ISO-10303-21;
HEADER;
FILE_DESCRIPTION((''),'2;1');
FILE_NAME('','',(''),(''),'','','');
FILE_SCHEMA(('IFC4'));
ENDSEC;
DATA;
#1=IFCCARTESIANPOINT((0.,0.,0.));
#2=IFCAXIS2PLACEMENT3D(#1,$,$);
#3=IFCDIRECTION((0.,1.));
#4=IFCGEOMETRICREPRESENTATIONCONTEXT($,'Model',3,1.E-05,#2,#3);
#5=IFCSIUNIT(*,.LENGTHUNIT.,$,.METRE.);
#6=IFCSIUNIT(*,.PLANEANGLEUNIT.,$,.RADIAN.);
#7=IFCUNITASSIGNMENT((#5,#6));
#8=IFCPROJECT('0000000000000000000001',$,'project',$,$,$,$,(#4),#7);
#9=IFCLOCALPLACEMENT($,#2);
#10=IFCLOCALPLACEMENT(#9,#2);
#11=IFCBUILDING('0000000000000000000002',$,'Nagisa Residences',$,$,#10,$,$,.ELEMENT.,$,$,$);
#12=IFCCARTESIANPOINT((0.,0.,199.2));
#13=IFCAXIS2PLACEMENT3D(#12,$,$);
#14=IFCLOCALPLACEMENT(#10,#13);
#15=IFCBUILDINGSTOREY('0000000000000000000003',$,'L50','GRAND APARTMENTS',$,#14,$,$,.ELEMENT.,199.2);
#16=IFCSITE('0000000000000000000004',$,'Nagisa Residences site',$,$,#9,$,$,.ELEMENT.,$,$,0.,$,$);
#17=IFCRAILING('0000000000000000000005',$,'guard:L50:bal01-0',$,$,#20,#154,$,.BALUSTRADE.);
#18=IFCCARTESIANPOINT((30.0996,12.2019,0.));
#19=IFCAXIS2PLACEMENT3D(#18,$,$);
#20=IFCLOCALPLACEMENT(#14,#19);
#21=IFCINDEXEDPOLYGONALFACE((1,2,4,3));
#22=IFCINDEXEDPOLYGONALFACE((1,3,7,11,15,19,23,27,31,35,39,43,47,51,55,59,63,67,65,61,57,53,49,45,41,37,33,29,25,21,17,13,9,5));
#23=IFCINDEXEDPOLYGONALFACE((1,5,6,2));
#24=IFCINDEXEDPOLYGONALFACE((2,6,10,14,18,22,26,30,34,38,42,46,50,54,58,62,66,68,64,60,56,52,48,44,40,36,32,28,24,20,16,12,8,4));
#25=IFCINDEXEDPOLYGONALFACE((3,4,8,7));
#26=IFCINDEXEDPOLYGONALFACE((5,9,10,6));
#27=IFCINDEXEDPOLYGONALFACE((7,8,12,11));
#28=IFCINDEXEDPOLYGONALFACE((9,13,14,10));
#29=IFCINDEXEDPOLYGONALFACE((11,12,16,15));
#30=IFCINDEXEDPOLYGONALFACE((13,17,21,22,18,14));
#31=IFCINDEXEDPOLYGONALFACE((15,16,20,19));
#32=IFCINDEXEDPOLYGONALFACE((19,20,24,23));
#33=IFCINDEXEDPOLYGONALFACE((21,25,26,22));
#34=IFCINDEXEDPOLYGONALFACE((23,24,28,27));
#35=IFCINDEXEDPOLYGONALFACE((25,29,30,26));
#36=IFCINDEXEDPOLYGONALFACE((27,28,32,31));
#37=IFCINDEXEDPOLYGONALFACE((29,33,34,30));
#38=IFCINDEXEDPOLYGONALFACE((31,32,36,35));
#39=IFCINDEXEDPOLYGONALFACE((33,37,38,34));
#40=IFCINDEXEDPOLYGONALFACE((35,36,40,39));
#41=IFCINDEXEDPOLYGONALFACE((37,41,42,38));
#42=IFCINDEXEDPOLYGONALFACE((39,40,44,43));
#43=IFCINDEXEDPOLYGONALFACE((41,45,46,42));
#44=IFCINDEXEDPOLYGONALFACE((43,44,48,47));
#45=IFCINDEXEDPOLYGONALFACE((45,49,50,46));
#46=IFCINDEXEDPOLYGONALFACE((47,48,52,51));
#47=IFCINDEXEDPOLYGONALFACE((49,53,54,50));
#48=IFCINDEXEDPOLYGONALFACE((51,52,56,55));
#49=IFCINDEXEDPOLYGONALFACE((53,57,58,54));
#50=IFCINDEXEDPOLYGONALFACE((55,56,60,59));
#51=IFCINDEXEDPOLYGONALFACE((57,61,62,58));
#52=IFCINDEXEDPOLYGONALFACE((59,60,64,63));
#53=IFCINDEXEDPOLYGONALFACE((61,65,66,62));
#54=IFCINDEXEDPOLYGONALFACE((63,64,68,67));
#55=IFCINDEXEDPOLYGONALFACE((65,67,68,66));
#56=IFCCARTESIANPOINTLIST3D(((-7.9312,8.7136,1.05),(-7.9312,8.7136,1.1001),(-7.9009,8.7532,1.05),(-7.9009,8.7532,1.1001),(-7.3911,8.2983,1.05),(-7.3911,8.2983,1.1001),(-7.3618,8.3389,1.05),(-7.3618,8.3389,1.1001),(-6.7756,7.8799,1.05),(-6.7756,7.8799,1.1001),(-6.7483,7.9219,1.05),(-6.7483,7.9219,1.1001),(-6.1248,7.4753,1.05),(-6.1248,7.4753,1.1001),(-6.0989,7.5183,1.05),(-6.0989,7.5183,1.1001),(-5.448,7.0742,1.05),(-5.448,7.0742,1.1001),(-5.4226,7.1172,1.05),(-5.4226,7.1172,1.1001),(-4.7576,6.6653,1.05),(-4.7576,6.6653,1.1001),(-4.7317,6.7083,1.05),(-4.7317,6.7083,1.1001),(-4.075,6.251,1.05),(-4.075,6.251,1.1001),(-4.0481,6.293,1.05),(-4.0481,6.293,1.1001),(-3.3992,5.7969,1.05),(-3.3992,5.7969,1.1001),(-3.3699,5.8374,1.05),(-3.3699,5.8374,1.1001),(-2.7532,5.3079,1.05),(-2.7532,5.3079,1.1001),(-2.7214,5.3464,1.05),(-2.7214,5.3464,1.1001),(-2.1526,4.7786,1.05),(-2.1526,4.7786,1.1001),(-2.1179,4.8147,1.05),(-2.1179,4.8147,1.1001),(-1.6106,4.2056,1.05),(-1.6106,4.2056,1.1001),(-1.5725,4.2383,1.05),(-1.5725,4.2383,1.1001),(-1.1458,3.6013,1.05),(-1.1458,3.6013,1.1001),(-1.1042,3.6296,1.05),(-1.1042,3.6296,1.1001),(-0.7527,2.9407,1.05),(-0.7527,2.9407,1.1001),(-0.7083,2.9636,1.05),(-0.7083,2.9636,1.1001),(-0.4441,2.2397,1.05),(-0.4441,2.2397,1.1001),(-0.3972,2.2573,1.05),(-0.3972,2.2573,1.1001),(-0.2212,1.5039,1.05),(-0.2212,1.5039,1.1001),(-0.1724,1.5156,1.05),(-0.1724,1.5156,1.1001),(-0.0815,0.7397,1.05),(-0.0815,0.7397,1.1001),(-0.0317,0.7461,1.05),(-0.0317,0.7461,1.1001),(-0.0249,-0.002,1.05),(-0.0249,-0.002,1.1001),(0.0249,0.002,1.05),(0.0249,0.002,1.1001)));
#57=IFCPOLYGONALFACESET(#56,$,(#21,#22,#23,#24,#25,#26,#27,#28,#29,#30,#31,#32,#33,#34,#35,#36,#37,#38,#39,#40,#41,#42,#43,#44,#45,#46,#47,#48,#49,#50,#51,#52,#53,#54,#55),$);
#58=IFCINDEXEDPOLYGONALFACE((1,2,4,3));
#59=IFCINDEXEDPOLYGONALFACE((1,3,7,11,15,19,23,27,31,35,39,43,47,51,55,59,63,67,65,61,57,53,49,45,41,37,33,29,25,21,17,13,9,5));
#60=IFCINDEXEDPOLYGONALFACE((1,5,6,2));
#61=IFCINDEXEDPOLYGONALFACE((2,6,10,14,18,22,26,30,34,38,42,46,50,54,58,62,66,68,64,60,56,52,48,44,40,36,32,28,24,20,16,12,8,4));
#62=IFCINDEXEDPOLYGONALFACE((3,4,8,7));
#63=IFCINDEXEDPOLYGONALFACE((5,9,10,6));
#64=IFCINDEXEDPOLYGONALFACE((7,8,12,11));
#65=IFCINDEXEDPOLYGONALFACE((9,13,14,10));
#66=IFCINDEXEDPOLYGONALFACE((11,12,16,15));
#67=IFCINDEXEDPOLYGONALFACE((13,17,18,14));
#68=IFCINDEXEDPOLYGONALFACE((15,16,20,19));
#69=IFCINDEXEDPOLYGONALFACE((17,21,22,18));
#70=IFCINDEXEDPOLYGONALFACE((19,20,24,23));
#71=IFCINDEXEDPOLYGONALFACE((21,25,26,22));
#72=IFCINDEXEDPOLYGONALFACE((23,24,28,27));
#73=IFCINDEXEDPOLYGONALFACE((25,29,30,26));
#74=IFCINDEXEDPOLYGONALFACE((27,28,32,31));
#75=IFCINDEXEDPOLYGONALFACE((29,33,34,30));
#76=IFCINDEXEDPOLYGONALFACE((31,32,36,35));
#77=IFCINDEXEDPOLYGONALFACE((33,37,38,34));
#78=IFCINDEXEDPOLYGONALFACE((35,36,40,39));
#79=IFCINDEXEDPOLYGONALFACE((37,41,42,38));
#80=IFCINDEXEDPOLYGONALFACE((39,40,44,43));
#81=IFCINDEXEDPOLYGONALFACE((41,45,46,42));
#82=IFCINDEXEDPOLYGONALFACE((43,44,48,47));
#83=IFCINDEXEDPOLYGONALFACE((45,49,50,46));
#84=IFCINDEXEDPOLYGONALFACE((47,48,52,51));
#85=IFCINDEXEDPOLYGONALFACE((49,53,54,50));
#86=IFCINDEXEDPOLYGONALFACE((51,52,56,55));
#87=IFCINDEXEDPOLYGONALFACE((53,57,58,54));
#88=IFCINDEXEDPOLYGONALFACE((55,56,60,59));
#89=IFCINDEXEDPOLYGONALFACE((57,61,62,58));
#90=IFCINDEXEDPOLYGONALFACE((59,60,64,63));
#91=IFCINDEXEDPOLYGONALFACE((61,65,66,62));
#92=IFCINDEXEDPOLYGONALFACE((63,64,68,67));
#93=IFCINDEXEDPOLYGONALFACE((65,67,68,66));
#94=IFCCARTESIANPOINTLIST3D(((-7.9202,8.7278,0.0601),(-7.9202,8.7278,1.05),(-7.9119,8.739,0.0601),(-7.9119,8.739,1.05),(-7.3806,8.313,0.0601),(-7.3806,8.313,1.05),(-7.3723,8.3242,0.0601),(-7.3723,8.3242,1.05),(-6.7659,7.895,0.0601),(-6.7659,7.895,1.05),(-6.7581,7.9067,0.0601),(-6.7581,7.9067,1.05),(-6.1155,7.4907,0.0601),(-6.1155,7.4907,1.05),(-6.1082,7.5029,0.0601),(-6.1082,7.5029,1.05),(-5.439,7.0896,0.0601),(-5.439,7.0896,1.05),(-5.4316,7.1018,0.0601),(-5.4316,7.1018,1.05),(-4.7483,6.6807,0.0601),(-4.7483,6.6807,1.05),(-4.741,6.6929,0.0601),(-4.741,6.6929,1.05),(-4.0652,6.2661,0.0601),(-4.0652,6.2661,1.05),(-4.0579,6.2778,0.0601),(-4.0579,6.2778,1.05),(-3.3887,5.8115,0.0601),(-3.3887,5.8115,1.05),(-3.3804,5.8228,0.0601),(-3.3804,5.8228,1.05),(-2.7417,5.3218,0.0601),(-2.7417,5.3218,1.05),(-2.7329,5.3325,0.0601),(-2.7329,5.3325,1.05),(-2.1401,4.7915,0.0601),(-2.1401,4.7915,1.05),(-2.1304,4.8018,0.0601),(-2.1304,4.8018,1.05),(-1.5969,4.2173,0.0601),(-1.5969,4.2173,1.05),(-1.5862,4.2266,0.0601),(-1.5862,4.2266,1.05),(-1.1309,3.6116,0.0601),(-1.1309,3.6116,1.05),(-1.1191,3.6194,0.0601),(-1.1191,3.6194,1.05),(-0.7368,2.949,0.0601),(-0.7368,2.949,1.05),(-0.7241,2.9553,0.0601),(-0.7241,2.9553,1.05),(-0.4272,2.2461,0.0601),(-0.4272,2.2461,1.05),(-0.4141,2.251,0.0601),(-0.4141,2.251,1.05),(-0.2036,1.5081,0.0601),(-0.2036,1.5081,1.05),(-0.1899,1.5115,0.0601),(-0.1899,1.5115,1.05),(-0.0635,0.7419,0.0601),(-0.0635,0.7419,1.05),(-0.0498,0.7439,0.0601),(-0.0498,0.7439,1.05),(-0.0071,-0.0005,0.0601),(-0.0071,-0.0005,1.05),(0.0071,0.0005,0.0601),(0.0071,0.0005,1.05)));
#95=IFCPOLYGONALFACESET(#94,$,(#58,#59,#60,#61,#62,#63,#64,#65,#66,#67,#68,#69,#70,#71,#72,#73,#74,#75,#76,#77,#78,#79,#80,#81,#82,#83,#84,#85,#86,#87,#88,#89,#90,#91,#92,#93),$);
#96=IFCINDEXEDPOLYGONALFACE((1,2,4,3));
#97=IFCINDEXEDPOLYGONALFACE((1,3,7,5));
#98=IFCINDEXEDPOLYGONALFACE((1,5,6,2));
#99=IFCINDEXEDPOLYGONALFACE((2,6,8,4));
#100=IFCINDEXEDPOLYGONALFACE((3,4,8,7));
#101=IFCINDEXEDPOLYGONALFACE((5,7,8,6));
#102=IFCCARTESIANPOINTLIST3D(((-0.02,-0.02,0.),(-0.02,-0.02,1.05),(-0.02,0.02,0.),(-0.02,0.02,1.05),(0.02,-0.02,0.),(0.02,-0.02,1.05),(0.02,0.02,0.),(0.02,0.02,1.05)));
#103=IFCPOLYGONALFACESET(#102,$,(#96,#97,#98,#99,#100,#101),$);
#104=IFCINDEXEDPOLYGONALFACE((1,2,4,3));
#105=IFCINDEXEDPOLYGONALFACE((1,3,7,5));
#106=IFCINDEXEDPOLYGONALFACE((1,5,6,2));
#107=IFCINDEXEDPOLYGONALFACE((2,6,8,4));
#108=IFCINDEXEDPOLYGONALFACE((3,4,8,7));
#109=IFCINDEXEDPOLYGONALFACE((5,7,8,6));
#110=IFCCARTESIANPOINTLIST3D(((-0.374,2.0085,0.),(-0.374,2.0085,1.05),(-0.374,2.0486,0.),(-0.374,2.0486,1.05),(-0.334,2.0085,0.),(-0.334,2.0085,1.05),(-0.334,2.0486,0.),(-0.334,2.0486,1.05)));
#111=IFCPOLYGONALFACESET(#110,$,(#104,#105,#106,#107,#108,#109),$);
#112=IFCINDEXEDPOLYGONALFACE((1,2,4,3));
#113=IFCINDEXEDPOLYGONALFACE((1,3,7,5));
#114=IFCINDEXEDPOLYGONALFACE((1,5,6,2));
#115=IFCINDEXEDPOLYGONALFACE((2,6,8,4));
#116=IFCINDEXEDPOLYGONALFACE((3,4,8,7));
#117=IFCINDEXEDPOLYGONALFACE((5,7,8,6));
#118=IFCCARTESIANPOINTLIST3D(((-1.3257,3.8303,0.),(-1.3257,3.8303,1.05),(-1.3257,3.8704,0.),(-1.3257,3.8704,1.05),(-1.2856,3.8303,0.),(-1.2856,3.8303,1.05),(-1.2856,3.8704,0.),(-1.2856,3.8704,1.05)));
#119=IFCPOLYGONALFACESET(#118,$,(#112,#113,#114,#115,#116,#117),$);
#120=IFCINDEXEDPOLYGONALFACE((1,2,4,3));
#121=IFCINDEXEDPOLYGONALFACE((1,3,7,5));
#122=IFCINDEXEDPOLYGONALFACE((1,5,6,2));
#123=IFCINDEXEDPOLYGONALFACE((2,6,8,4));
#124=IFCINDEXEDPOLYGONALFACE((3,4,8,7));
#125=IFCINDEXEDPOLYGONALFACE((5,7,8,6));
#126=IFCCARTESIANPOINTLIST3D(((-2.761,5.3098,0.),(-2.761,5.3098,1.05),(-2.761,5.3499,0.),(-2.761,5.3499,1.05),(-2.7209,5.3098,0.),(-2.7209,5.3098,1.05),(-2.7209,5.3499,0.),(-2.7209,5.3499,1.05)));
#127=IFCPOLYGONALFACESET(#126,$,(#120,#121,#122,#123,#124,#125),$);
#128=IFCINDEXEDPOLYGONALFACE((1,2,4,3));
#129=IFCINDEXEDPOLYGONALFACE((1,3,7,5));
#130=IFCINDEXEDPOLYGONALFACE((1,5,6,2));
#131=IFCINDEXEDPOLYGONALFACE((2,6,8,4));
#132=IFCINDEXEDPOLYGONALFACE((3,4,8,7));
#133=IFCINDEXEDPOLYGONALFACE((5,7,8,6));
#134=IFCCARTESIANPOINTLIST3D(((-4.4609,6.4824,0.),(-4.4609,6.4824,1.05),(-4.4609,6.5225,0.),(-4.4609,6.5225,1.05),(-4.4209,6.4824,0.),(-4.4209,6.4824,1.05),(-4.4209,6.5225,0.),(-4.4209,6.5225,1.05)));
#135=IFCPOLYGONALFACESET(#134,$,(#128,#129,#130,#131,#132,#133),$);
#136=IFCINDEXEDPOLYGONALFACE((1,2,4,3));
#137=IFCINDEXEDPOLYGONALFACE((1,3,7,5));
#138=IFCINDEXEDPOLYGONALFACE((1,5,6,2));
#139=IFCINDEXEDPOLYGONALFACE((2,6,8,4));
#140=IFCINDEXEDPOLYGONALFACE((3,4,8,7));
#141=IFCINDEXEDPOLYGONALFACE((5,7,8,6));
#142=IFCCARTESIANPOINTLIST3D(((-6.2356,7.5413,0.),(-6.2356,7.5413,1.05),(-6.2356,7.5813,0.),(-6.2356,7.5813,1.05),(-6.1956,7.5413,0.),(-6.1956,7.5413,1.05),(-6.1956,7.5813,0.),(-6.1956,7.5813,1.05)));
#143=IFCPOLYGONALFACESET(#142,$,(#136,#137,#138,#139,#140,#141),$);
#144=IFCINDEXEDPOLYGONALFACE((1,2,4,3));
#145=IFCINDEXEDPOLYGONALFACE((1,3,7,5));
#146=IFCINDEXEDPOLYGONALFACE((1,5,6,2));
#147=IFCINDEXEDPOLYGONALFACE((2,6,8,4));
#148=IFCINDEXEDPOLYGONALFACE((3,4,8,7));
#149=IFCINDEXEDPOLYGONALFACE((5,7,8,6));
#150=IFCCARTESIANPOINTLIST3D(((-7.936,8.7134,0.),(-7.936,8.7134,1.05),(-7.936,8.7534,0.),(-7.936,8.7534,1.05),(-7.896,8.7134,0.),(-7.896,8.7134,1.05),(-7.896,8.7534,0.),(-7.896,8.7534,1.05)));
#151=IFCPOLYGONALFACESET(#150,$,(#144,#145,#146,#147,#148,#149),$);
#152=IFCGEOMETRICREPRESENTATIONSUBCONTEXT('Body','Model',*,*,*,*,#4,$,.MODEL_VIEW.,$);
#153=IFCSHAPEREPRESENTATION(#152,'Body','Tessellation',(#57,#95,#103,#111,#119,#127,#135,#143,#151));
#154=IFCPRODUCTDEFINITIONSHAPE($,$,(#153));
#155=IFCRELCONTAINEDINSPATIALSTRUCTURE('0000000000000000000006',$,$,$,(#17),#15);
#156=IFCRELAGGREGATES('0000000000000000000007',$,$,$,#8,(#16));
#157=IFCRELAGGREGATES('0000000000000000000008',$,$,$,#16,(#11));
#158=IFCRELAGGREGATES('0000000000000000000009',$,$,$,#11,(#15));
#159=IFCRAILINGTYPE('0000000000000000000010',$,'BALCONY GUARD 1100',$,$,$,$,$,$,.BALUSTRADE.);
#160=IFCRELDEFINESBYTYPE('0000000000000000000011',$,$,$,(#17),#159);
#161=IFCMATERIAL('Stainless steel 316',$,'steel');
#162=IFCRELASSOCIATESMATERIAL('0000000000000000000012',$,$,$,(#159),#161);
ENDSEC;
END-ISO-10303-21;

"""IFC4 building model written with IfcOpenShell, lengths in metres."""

from ifc_helpers import new_model, si_unit, direction, frame, origin, origin_2d, place, context, subcontext, project, spatial, polyline, rectangle, outline, extrude, material, type_object, element, save


model = new_model("IFC4")

# Units and contexts
model_context = context("Model", 3, precision=1e-05, world=origin(), true_north=direction((0.0, 1.0)))
body_context = subcontext(model_context, "Body", "Model", "MODEL_VIEW")
ifc_project = project(units=[si_unit("LENGTHUNIT", "METRE"), si_unit("PLANEANGLEUNIT", "RADIAN")], contexts=[model_context])

# Site, building, storey
site_placement = place(None, origin())
site = spatial("IfcSite", under=ifc_project, at=site_placement, Name="Nagisa Residences site", CompositionType="ELEMENT", RefElevation=0.0)
building_placement = place(site_placement, origin())
building = spatial("IfcBuilding", under=site, at=building_placement, Name="Nagisa Residences", CompositionType="ELEMENT")
storey_placement = place(building_placement, frame((0.0, 0.0, 199.2)))
storey = spatial("IfcBuildingStorey", under=building, at=storey_placement, Name="L50", Description="GRAND APARTMENTS", CompositionType="ELEMENT", Elevation=199.2)

# Railing
ifc_material_1 = material(Name="Stainless steel 316", Category="steel")
railing_type = type_object("IfcRailingType", Name="BALCONY GUARD 1100", PredefinedType="BALUSTRADE", material=ifc_material_1)
railing_1_placement = place(storey_placement, frame((30.0996, 12.2019, 0.0)))
element("IfcRailing", 1, at=railing_1_placement, inside=storey, type_object=railing_type, Name="guard:L50:bal01-0", PredefinedType="BALUSTRADE", context=body_context, shape_type="SweptSolid", body=[
    extrude(outline(polyline([(-0.0815, 0.7397), (-0.0249, -0.002), (0.0249, 0.002), (-0.0317, 0.7461), (-0.1724, 1.5156), (-0.3972, 2.2573), (-0.7083, 2.9636), (-1.1042, 3.6296), (-1.5725, 4.2383), (-2.1179, 4.8147), (-2.7214, 5.3464), (-3.3699, 5.8374), (-4.0481, 6.293), (-4.7317, 6.7083), (-5.4226, 7.1172), (-6.0989, 7.5183), (-6.7483, 7.9219), (-7.3618, 8.3389), (-7.9009, 8.7532), (-7.9312, 8.7136), (-7.3911, 8.2983), (-6.7756, 7.8799), (-6.1248, 7.4753), (-5.448, 7.0742), (-4.7576, 6.6653), (-4.075, 6.251), (-3.3992, 5.7969), (-2.7532, 5.3079), (-2.1526, 4.7786), (-1.6106, 4.2056), (-1.1458, 3.6013), (-0.7527, 2.9407), (-0.4441, 2.2397), (-0.2212, 1.5039), (-0.0815, 0.7397)])), frame((0.0, 0.0, 1.05)), (0.0, 0.0, 1.0), 0.05),
    extrude(outline(polyline([(-0.0635, 0.7419), (-0.0071, -0.0005), (0.0071, 0.0005), (-0.0498, 0.7439), (-0.1899, 1.5115), (-0.4141, 2.251), (-0.7241, 2.9553), (-1.1191, 3.6194), (-1.5862, 4.2266), (-2.1304, 4.8018), (-2.7329, 5.3325), (-3.3804, 5.8228), (-4.0579, 6.2778), (-4.741, 6.6929), (-5.4316, 7.1018), (-6.1082, 7.5029), (-6.7581, 7.9067), (-7.3723, 8.3242), (-7.9119, 8.739), (-7.9202, 8.7278), (-7.3806, 8.313), (-6.7659, 7.895), (-6.1155, 7.4907), (-5.439, 7.0896), (-4.7483, 6.6807), (-4.0652, 6.2661), (-3.3887, 5.8115), (-2.7417, 5.3218), (-2.1401, 4.7915), (-1.5969, 4.2173), (-1.1309, 3.6116), (-0.7368, 2.949), (-0.4272, 2.2461), (-0.2036, 1.5081), (-0.0635, 0.7419)])), frame((0.0, 0.0, 0.0601)), (0.0, 0.0, 1.0), 0.99),
    extrude(rectangle(XDim=0.04, YDim=0.04, at=origin_2d()), origin(), (0.0, 0.0, 1.0), 1.05),
    extrude(rectangle(XDim=0.04, YDim=0.04, at=origin_2d()), frame((-0.354, 2.0286, 0.0)), (0.0, 0.0, 1.0), 1.05),
    extrude(rectangle(XDim=0.04, YDim=0.04, at=origin_2d()), frame((-1.3057, 3.8503, 0.0)), (0.0, 0.0, 1.0), 1.05),
    extrude(rectangle(XDim=0.04, YDim=0.04, at=origin_2d()), frame((-2.741, 5.3298, 0.0)), (0.0, 0.0, 1.0), 1.05),
    extrude(rectangle(XDim=0.04, YDim=0.04, at=origin_2d()), frame((-4.4409, 6.5024, 0.0)), (0.0, 0.0, 1.0), 1.05),
    extrude(rectangle(XDim=0.04, YDim=0.04, at=origin_2d()), frame((-6.2156, 7.5613, 0.0)), (0.0, 0.0, 1.0), 1.05),
    extrude(rectangle(XDim=0.04, YDim=0.04, at=origin_2d()), frame((-7.916, 8.7334, 0.0)), (0.0, 0.0, 1.0), 1.05),
])

save(model, "model.ifc")
